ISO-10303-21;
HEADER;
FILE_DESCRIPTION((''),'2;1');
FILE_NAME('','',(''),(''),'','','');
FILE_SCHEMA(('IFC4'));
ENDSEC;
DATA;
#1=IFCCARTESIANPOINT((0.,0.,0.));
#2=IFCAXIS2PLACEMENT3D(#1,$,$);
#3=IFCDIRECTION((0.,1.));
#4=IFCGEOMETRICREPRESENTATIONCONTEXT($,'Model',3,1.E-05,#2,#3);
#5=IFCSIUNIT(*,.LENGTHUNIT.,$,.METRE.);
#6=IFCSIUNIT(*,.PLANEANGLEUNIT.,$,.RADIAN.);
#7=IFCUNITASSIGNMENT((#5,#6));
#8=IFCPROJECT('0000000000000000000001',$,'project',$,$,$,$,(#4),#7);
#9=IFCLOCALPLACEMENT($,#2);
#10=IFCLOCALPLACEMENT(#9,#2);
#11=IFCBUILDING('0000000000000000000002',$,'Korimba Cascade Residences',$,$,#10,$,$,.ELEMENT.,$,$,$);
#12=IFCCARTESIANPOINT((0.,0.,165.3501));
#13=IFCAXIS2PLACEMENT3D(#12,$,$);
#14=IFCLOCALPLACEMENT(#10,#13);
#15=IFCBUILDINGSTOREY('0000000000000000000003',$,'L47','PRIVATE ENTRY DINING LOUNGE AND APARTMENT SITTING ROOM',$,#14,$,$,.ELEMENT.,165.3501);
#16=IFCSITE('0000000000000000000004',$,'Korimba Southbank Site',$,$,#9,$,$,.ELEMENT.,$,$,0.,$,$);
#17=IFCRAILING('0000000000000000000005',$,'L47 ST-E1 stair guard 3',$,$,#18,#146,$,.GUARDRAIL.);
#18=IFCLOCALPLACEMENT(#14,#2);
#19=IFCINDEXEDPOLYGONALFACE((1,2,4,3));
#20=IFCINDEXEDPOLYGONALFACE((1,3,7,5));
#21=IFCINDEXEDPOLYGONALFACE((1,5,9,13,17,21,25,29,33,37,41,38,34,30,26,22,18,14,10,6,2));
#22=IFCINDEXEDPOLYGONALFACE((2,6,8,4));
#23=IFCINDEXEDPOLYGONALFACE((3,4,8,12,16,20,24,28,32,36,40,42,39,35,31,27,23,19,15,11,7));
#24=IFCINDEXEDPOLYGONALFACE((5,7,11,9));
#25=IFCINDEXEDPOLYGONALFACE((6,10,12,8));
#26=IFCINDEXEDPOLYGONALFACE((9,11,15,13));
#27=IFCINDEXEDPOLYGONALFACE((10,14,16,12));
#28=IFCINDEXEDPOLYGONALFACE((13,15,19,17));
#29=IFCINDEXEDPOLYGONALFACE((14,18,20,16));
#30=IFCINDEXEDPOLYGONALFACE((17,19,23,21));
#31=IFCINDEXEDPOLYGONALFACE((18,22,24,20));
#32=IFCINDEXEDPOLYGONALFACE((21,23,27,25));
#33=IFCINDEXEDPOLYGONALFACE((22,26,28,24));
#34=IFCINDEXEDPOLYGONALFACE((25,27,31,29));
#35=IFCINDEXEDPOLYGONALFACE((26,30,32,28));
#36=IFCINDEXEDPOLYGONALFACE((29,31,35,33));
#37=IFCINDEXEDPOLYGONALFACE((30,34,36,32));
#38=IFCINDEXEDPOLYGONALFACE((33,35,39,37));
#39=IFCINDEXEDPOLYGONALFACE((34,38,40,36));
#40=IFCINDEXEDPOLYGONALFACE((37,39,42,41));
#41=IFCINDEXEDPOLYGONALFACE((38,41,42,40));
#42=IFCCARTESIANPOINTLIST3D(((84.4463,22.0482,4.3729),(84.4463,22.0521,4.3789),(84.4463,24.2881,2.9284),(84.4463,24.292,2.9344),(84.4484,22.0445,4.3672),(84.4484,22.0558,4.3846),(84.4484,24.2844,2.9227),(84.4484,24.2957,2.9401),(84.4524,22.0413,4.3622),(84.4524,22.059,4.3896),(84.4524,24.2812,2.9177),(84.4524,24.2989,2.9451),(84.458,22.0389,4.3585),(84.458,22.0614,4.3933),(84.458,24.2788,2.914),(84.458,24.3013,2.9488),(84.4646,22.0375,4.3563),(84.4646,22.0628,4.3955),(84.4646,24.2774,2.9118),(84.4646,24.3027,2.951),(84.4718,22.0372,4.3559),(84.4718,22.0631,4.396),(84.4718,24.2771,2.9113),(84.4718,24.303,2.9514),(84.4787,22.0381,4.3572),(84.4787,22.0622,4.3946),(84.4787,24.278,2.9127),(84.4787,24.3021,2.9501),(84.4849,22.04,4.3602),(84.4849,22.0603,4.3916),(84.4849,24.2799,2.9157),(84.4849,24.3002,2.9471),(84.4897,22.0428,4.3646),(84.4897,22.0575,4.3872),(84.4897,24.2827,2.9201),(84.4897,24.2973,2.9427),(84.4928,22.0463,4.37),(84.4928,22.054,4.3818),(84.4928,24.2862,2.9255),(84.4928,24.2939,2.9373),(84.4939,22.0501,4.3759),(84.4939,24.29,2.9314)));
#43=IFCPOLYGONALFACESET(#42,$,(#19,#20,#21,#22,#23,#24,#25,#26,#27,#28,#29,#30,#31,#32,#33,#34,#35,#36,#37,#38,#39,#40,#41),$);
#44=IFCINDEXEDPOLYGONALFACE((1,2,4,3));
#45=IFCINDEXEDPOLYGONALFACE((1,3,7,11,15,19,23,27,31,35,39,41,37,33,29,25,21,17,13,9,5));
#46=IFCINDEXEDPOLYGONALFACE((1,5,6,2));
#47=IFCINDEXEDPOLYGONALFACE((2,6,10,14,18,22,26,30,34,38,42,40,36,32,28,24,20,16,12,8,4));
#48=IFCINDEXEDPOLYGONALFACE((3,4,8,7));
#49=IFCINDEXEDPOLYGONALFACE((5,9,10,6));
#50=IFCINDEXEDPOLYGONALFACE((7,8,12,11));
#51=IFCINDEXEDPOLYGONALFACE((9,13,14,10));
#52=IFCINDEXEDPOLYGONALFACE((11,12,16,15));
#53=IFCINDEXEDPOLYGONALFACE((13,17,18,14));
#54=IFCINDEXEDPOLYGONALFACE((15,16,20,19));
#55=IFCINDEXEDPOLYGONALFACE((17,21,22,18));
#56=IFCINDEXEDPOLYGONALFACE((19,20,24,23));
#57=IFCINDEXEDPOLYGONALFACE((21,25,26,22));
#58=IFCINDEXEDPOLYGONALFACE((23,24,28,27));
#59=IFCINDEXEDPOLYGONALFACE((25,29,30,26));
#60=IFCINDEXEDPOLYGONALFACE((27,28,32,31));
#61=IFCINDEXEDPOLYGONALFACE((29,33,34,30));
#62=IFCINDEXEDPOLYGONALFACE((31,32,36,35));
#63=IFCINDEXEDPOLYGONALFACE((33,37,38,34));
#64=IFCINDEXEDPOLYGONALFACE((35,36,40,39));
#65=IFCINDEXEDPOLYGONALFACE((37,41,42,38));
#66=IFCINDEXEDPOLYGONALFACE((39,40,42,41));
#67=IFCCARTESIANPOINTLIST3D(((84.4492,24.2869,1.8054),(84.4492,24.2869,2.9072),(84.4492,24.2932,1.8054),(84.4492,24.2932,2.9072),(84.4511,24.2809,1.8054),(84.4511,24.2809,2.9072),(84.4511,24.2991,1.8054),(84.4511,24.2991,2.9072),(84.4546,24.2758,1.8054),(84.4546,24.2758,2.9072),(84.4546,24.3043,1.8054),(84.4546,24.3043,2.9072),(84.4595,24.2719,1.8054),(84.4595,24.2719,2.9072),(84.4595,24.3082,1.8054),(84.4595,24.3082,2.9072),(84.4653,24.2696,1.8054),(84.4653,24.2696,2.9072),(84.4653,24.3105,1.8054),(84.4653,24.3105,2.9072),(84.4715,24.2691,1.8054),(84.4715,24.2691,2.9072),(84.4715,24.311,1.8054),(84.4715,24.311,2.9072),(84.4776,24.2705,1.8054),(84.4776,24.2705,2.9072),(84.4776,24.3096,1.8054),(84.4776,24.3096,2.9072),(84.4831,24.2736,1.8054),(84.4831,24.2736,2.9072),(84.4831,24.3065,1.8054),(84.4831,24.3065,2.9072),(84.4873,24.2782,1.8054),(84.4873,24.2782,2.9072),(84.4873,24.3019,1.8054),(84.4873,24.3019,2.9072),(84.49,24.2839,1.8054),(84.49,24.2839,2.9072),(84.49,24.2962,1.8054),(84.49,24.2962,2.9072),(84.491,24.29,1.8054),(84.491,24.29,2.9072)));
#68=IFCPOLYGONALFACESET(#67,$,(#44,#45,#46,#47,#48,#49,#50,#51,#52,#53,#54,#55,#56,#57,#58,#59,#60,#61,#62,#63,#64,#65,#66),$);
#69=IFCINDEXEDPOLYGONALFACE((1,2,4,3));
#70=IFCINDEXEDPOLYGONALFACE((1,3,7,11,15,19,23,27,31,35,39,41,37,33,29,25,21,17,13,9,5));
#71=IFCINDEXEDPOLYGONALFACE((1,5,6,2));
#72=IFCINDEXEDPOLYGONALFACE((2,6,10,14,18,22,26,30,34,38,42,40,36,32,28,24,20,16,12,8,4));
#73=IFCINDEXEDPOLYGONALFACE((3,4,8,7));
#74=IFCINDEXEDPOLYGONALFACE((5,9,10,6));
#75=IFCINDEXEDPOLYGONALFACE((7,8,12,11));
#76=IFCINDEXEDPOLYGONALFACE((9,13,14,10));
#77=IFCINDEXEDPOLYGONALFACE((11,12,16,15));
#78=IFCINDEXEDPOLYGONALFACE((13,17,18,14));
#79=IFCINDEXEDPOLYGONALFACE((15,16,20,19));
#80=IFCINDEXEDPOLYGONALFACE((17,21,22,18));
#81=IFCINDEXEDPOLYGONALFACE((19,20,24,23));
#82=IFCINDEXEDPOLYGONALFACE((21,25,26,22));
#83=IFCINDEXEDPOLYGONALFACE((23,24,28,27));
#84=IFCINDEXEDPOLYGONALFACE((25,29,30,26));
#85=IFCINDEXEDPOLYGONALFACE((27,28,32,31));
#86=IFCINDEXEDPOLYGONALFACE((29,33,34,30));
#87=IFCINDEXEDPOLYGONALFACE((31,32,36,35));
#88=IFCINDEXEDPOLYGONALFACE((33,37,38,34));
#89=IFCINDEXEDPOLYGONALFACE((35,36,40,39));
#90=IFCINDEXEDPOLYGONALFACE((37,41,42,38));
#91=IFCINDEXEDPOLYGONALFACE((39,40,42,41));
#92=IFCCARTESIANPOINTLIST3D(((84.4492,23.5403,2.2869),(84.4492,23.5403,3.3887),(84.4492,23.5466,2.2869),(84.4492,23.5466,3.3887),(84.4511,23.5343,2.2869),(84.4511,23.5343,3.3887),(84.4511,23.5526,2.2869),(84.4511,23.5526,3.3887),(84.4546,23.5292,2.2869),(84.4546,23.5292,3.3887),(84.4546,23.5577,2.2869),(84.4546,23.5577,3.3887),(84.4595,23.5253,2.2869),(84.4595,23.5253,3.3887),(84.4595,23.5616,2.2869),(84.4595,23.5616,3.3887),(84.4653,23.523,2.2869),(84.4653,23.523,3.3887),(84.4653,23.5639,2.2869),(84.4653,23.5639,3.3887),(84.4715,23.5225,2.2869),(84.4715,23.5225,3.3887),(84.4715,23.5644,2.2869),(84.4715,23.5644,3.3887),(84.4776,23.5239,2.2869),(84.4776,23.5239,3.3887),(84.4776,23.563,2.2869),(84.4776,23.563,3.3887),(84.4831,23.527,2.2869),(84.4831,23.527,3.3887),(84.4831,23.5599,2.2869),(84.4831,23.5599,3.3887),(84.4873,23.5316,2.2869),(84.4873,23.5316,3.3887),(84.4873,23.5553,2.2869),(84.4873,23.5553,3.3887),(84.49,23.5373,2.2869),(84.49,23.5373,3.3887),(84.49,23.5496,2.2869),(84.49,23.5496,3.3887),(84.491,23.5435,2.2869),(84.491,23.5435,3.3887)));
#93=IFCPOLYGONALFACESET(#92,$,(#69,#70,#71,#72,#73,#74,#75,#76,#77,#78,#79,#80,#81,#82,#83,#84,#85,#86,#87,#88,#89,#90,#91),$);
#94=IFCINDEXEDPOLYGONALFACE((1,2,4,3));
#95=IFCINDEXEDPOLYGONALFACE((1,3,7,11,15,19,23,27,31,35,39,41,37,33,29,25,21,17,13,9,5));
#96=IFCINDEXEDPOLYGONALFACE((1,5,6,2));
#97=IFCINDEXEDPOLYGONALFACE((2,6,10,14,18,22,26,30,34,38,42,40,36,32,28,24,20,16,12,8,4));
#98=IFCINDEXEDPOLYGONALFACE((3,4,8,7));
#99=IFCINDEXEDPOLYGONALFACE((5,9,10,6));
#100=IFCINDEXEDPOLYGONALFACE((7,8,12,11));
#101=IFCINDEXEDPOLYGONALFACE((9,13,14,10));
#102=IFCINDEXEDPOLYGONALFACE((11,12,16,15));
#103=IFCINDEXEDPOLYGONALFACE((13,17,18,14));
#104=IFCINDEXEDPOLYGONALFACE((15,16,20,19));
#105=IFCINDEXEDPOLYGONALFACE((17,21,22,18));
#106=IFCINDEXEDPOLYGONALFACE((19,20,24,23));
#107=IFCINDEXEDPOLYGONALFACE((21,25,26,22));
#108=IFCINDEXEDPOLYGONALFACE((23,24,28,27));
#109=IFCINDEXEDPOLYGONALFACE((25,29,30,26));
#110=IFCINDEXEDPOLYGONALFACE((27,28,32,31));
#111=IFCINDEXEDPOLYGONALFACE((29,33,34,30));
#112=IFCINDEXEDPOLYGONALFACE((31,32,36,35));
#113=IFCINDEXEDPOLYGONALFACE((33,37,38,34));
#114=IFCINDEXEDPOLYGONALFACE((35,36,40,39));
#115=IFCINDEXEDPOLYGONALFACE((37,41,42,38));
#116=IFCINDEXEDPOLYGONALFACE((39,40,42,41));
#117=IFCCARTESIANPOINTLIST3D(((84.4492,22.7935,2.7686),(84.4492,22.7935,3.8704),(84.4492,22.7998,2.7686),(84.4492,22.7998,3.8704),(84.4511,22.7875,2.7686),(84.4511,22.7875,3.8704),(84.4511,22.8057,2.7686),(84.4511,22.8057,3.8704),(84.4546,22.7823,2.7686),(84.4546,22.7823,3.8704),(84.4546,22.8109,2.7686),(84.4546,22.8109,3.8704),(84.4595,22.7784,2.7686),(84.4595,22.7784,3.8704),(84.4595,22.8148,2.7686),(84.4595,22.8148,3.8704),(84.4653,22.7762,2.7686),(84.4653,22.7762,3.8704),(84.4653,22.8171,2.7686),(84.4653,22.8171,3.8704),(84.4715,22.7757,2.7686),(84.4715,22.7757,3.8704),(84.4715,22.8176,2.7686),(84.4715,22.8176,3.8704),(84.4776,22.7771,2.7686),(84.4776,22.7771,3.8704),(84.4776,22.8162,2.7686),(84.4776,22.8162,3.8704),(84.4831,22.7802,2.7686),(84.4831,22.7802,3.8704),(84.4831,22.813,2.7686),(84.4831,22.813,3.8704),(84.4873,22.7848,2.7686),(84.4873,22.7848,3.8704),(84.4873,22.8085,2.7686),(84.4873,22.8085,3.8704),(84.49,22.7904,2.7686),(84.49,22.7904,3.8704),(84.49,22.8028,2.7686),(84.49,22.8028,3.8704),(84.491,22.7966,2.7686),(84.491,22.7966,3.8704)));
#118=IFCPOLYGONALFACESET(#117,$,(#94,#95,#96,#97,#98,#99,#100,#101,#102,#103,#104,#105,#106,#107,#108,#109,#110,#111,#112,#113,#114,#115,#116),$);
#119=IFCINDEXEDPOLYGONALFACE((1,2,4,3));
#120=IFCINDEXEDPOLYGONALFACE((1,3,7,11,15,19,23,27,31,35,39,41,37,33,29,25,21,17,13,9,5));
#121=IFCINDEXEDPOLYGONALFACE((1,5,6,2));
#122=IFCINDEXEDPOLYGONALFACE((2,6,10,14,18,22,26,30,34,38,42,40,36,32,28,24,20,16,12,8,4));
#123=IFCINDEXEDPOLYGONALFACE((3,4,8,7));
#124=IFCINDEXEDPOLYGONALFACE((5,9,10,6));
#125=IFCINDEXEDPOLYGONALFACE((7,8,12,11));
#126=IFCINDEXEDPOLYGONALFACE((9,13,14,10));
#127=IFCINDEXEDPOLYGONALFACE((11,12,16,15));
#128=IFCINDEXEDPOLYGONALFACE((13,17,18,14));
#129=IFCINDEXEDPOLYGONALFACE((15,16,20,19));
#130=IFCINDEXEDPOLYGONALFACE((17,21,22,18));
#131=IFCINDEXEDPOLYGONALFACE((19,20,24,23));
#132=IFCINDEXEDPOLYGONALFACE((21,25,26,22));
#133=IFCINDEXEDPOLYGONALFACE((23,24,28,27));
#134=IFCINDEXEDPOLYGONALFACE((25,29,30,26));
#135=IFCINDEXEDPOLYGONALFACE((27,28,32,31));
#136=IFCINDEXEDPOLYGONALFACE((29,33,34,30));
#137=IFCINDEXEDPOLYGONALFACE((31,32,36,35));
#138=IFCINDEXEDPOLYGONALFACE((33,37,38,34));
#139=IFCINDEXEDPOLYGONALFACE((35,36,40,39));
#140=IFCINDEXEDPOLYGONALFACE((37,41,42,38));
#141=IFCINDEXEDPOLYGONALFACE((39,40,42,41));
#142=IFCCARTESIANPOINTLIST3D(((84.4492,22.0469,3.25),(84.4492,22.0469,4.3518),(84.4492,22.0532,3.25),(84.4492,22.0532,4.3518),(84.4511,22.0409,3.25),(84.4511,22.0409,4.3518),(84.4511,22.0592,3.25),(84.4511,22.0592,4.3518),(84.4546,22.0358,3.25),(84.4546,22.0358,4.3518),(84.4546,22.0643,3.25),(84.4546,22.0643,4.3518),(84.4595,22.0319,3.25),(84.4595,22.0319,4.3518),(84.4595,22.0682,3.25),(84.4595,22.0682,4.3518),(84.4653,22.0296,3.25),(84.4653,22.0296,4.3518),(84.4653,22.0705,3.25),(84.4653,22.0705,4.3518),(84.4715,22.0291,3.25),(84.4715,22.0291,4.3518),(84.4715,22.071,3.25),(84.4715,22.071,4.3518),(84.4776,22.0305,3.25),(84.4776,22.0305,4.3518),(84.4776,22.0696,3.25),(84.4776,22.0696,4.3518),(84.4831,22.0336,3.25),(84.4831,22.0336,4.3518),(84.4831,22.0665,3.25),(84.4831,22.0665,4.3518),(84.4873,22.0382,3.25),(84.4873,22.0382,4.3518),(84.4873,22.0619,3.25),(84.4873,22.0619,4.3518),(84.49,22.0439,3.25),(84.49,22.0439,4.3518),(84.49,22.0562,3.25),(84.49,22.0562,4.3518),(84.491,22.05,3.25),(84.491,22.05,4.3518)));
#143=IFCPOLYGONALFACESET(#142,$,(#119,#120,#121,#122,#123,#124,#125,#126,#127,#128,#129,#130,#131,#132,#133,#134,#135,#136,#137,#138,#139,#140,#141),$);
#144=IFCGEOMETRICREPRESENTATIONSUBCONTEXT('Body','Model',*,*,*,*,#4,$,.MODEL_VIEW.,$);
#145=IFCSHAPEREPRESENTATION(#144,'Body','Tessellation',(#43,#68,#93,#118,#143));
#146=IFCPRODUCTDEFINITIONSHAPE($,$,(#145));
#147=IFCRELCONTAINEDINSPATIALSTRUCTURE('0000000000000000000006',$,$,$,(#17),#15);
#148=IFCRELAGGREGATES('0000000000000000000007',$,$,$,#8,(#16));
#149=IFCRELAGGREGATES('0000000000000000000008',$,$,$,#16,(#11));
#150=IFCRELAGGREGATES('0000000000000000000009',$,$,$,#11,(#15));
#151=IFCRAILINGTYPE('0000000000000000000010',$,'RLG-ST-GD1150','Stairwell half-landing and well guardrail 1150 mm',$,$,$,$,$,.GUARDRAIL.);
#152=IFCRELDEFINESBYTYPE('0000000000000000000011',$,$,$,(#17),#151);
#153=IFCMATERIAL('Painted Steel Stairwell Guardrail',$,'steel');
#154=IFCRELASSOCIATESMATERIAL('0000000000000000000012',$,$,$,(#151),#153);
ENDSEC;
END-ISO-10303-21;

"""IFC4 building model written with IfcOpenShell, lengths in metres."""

from ifc_helpers import new_model, si_unit, direction, frame, origin, origin_2d, place, context, subcontext, project, spatial, circle, extrude, material, type_object, element, save


model = new_model("IFC4")

# Units and contexts
model_context = context("Model", 3, precision=1e-05, world=origin(), true_north=direction((0.0, 1.0)))
body_context = subcontext(model_context, "Body", "Model", "MODEL_VIEW")
ifc_project = project(units=[si_unit("LENGTHUNIT", "METRE"), si_unit("PLANEANGLEUNIT", "RADIAN")], contexts=[model_context])

# Site, building, storey
site_placement = place(None, origin())
site = spatial("IfcSite", under=ifc_project, at=site_placement, Name="Korimba Southbank Site", CompositionType="ELEMENT", RefElevation=0.0)
building_placement = place(site_placement, origin())
building = spatial("IfcBuilding", under=site, at=building_placement, Name="Korimba Cascade Residences", CompositionType="ELEMENT")
storey_placement = place(building_placement, frame((0.0, 0.0, 165.3501)))
storey = spatial("IfcBuildingStorey", under=building, at=storey_placement, Name="L47", Description="PRIVATE ENTRY DINING LOUNGE AND APARTMENT SITTING ROOM", CompositionType="ELEMENT", Elevation=165.3501)

# Railing
ifc_material_1 = material(Name="Painted Steel Stairwell Guardrail", Category="steel")
railing_type_1 = type_object("IfcRailingType", Name="RLG-ST-GD1150", Description="Stairwell half-landing and well guardrail 1150 mm", PredefinedType="GUARDRAIL", material=ifc_material_1)
railing_1_placement = place(storey_placement, frame((84.47, 24.29, 1.8054)))
element("IfcRailing", 1, at=railing_1_placement, inside=storey, type_object=railing_type_1, Name="L47 ST-E1 stair guard 3", PredefinedType="GUARDRAIL", context=body_context, shape_type="SweptSolid", body=[
    extrude(circle(Radius=0.0239, at=origin_2d()), frame((0.0, 0.0, 1.126), z_axis=(0.0, -0.840395, 0.541975), x_axis=(1.0, 0.0, 0.0)), (0.0, 0.0, 1.0), 2.6653),
    extrude(circle(Radius=0.021, at=origin_2d()), origin(), (0.0, 0.0, 1.0), 1.1018),
    extrude(circle(Radius=0.021, at=origin_2d()), frame((0.0, -0.7466, 0.4814)), (0.0, 0.0, 1.0), 1.1018),
    extrude(circle(Radius=0.021, at=origin_2d()), frame((0.0, -1.4934, 0.9631)), (0.0, 0.0, 1.0), 1.1018),
    extrude(circle(Radius=0.021, at=origin_2d()), frame((0.0, -2.24, 1.4446)), (0.0, 0.0, 1.0), 1.1018),
])

save(model, "model.ifc")
